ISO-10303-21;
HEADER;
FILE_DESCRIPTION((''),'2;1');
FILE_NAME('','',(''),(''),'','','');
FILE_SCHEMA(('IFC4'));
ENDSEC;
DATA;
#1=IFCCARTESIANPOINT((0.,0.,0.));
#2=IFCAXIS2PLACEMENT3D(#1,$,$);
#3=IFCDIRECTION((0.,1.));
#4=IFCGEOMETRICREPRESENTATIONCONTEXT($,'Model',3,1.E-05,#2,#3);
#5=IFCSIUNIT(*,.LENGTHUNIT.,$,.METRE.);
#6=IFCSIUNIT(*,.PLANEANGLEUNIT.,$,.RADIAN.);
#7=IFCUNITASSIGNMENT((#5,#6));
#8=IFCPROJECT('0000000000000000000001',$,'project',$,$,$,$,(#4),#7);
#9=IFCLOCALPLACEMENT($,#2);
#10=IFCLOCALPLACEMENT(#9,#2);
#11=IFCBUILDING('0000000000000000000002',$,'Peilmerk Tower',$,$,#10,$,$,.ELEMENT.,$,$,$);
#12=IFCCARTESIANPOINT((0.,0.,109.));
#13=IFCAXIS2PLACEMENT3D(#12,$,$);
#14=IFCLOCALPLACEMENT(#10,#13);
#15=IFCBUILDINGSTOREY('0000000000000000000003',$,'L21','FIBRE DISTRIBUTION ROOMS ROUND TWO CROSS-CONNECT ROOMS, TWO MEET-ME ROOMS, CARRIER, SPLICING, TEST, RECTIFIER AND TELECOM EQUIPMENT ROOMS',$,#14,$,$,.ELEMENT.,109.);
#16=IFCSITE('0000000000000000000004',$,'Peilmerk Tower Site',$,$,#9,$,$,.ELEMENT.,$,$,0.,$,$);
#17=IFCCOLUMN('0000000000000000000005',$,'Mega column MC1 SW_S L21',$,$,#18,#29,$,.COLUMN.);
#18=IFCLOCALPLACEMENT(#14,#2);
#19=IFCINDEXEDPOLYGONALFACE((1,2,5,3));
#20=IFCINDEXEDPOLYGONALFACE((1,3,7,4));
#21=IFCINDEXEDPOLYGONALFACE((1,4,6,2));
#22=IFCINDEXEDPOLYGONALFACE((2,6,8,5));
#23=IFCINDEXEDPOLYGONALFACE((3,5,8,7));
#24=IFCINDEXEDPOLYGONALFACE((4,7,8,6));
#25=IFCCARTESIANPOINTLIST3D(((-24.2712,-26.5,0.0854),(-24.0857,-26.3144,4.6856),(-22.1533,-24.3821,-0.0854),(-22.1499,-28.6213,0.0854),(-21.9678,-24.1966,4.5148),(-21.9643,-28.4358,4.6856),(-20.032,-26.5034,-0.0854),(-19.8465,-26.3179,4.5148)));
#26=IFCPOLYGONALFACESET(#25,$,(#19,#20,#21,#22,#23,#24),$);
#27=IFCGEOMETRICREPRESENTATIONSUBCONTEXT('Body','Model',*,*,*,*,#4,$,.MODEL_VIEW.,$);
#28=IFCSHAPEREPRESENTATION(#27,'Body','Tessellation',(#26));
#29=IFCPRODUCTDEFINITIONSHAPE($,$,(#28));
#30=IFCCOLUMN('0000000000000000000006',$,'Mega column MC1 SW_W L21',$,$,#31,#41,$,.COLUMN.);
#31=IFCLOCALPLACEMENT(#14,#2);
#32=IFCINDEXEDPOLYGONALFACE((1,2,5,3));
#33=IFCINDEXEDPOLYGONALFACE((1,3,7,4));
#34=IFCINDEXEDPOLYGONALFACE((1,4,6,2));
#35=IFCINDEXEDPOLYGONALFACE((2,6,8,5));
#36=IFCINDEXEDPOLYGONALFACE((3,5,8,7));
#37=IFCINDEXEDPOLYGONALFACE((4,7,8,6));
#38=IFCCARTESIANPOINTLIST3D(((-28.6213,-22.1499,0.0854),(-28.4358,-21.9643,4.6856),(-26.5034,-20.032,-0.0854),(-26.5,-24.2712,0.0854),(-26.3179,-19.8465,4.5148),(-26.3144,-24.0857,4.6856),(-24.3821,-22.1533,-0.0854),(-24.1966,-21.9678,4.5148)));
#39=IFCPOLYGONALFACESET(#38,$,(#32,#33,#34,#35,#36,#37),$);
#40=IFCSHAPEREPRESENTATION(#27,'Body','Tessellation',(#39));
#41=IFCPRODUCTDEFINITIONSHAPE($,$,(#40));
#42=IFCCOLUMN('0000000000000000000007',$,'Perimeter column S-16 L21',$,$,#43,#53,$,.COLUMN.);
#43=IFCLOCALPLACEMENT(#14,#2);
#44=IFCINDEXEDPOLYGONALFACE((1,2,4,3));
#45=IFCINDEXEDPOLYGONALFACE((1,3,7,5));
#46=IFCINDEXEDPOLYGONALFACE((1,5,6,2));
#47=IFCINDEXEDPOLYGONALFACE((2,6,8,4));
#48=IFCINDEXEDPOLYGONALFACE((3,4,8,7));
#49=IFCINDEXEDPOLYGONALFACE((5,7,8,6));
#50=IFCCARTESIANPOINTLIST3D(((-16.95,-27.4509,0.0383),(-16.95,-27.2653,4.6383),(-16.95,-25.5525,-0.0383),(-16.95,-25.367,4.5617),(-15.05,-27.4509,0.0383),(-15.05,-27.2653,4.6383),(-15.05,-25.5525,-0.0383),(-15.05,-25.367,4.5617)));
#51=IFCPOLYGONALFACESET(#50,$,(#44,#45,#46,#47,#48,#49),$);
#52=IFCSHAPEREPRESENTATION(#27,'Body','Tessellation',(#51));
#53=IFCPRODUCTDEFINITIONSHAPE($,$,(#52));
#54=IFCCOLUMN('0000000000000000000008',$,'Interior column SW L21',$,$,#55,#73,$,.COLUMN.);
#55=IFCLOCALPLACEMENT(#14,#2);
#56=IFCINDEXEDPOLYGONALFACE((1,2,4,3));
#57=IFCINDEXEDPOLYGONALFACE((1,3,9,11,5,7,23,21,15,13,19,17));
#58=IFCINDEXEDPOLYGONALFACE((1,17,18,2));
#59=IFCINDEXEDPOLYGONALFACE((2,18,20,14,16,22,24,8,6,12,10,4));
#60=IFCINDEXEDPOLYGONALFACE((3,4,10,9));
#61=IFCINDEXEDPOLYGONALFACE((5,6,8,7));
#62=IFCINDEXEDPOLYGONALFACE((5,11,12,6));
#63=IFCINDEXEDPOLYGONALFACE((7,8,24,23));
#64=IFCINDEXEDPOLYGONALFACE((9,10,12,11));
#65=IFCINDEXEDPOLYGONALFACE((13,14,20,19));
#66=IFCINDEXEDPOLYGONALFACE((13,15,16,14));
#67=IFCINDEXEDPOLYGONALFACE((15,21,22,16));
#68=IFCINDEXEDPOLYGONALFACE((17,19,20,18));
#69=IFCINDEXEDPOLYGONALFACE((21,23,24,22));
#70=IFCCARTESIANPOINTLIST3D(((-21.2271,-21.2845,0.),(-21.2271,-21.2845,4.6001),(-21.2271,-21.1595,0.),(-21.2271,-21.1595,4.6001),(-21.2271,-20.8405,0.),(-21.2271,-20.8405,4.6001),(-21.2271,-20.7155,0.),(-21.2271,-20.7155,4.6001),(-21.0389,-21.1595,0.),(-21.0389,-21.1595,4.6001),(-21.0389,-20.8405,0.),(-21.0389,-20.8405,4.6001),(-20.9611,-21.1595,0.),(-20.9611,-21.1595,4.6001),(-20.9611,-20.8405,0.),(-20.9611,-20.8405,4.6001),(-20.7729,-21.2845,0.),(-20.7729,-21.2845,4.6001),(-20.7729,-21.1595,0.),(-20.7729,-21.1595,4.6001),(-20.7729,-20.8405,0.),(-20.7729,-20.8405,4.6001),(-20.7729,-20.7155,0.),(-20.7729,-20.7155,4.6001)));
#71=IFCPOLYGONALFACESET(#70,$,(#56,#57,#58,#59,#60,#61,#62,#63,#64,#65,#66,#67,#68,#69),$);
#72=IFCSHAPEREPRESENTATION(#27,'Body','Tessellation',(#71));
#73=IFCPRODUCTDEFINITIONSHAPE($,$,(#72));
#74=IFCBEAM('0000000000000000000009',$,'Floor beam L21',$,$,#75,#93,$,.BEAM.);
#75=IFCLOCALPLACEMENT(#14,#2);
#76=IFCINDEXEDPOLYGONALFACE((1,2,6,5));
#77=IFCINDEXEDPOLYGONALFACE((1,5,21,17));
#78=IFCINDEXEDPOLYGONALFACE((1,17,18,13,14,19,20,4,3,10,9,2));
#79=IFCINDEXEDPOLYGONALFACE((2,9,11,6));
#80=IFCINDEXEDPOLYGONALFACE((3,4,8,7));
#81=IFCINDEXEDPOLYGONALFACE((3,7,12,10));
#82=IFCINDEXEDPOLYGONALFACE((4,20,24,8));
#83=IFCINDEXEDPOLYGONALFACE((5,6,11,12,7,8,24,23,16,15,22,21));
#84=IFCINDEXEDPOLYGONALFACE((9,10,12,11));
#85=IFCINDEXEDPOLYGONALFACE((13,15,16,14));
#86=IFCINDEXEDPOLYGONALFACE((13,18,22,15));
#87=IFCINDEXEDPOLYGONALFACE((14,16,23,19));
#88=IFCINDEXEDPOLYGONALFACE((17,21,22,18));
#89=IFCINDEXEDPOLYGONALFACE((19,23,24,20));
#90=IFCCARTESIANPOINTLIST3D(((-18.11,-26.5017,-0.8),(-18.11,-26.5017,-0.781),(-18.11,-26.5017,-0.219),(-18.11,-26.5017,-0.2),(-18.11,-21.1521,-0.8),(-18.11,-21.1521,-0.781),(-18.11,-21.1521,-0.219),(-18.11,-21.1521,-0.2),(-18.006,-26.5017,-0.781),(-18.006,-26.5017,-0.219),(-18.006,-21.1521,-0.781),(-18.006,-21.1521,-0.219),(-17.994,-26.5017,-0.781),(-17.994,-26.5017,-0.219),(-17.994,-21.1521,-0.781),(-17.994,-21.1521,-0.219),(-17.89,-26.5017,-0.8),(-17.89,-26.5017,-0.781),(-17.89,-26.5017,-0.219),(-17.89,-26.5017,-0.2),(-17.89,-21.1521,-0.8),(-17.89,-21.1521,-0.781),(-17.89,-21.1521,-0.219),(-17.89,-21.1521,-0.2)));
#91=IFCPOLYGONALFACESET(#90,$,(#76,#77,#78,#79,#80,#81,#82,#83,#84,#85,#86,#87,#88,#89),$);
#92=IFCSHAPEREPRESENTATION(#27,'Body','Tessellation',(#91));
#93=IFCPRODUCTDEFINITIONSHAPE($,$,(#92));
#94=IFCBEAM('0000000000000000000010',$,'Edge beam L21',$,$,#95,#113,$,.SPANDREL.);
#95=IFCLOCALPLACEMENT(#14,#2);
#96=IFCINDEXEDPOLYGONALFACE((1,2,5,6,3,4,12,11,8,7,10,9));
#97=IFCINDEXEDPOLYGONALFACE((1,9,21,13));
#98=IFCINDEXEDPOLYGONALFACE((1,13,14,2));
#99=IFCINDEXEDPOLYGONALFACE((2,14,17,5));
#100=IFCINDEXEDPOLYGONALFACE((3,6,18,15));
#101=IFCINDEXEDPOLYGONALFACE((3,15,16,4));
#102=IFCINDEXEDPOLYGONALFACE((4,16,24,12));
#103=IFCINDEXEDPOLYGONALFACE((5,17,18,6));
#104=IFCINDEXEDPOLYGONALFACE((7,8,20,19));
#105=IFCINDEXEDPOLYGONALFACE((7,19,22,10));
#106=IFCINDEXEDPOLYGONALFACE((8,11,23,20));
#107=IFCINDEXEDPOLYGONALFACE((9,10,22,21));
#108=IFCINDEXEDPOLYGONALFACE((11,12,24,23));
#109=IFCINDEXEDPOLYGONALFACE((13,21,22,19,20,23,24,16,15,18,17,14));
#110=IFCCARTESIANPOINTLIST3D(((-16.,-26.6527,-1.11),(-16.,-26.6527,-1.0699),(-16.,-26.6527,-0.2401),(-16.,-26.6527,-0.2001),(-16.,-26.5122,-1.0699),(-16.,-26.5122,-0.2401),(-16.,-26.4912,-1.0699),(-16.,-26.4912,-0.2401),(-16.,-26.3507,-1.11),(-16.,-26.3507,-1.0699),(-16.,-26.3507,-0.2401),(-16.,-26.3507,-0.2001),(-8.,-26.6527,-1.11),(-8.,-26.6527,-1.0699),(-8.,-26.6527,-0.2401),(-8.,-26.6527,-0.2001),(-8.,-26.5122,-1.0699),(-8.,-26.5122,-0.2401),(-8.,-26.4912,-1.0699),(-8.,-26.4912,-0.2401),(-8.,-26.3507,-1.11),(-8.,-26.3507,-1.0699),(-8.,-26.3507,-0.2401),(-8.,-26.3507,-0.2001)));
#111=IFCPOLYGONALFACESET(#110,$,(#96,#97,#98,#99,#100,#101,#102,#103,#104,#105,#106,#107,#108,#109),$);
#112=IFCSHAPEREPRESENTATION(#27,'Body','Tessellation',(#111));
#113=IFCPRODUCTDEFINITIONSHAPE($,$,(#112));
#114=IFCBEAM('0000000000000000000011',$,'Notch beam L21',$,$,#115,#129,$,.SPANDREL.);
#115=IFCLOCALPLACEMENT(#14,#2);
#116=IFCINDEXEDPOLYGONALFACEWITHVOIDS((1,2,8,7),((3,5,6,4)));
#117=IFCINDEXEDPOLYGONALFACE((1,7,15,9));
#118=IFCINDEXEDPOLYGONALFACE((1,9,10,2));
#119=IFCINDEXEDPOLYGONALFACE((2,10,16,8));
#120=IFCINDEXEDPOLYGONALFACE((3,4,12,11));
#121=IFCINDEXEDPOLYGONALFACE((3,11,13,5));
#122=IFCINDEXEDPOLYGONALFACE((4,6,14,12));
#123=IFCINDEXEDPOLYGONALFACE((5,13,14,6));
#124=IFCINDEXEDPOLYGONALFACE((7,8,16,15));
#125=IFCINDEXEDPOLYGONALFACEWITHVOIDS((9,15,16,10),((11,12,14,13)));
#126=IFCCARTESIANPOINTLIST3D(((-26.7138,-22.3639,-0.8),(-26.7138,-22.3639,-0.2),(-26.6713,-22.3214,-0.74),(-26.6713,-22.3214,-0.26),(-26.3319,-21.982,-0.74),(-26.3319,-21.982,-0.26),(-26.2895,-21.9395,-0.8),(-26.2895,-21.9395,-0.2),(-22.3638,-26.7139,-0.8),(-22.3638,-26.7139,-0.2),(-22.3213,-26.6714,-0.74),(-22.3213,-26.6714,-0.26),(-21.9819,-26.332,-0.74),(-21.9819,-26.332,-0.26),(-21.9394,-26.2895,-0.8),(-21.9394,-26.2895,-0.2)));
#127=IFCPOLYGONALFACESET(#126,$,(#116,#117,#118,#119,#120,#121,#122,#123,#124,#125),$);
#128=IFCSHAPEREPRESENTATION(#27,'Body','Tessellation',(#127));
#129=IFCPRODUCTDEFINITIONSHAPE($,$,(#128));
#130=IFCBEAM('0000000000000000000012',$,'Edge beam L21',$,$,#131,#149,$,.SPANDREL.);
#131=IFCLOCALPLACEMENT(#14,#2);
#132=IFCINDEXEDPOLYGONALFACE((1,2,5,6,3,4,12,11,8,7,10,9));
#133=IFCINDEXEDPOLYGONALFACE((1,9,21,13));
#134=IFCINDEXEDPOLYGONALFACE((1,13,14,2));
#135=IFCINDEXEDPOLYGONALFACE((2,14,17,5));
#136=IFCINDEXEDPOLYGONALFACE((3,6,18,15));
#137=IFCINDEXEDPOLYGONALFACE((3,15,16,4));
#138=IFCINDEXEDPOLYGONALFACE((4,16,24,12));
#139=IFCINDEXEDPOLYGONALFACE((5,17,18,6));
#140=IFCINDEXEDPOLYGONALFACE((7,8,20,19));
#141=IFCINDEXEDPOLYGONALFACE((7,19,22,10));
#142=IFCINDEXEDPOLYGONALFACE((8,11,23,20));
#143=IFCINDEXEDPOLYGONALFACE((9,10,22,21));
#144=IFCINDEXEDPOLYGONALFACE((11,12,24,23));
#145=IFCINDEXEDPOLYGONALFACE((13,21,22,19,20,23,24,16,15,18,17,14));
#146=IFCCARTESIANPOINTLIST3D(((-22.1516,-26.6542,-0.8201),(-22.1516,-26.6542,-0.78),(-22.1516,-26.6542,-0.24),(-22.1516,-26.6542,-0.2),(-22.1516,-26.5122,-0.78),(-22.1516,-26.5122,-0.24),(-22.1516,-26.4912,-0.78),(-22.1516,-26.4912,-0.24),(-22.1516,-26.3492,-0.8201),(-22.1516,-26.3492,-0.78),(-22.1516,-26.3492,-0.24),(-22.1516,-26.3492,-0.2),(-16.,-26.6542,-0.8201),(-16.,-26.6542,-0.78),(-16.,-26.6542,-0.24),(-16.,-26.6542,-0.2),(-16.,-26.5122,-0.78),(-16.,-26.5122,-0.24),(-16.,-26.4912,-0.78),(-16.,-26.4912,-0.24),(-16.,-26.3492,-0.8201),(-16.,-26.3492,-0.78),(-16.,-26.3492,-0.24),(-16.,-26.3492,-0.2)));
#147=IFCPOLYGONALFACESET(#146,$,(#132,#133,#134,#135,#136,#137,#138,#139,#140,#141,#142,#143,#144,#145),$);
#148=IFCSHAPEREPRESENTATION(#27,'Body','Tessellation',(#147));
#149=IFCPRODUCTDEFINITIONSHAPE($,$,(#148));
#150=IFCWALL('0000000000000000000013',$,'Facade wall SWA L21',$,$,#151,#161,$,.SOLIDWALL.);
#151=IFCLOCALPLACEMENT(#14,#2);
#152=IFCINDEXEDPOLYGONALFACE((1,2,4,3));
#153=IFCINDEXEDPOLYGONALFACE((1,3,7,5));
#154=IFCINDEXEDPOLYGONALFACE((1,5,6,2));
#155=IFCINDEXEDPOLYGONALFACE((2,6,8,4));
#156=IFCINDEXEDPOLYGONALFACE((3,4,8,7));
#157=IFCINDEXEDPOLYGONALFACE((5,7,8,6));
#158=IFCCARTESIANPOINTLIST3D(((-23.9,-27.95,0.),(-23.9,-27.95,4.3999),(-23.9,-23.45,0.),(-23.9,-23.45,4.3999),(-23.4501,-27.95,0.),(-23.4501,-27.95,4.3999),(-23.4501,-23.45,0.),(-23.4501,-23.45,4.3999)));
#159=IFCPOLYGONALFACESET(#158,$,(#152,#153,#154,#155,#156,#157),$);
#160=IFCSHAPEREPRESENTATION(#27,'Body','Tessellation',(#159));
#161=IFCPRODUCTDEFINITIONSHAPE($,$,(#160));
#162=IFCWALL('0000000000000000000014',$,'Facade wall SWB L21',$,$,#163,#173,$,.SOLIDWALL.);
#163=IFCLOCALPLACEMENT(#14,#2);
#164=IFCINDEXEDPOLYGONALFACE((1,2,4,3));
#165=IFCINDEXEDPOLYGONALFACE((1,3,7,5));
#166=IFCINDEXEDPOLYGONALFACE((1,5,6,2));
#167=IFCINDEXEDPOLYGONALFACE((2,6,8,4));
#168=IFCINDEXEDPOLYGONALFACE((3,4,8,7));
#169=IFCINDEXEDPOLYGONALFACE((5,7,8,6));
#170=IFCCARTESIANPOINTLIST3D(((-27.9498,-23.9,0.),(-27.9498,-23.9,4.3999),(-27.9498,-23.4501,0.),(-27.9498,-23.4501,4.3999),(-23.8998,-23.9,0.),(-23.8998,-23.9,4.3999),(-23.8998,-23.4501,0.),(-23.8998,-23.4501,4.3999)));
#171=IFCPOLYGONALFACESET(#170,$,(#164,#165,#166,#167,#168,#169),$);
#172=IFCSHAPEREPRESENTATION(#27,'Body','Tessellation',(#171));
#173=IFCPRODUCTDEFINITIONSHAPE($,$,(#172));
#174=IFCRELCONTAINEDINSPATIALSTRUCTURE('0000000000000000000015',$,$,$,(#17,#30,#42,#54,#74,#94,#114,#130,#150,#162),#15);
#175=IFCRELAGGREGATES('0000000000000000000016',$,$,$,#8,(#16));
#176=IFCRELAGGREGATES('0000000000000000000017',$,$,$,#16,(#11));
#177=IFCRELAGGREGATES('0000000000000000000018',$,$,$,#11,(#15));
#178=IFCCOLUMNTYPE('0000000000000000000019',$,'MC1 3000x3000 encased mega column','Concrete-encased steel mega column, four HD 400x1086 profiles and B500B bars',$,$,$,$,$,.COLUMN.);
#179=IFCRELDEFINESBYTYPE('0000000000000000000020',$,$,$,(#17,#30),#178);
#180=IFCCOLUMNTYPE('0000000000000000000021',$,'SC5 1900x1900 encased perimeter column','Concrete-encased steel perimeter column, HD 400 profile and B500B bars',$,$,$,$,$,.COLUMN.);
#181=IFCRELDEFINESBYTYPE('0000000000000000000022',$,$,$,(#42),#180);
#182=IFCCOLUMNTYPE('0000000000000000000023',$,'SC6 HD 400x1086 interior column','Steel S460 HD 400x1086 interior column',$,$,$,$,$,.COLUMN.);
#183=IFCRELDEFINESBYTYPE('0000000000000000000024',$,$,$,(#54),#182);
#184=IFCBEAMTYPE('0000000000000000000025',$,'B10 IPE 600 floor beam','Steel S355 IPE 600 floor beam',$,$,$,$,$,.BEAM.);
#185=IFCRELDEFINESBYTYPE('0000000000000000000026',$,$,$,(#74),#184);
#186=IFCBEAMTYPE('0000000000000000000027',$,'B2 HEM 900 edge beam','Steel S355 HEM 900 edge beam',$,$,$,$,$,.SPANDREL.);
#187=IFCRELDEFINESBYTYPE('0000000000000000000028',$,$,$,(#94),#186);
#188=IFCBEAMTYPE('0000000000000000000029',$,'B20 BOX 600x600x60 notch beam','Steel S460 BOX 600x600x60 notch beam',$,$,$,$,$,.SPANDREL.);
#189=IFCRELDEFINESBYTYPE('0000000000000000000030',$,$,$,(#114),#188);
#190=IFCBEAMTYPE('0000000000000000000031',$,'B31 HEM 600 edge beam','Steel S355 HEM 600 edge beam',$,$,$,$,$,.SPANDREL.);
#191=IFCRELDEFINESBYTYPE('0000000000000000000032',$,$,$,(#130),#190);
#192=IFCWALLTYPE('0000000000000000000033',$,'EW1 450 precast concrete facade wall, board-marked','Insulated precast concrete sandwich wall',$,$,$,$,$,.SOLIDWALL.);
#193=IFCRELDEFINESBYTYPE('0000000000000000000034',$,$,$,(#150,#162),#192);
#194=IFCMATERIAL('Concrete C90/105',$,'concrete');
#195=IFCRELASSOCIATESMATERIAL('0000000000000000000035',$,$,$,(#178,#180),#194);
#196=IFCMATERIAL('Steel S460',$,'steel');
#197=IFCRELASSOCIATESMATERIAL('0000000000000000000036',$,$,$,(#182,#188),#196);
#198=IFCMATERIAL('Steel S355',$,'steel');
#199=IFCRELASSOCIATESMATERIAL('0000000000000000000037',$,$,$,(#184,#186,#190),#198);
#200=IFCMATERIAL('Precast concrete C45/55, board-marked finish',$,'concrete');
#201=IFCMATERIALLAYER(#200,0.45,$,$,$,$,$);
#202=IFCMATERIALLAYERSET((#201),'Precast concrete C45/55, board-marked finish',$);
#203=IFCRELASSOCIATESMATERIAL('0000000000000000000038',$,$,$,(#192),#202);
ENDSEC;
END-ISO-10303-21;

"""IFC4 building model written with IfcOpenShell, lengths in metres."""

from ifc_helpers import new_model, si_unit, direction, frame, frame_2d, origin, origin_2d, place, context, subcontext, project, spatial, rectangle, hollow_rectangle, i_section, extrude, material, layer, layer_set, material_profile, profile_set, type_object, element, save


model = new_model("IFC4")

# Units and contexts
model_context = context("Model", 3, precision=1e-05, world=origin(), true_north=direction((0.0, 1.0)))
body_context = subcontext(model_context, "Body", "Model", "MODEL_VIEW")
ifc_project = project(units=[si_unit("LENGTHUNIT", "METRE"), si_unit("PLANEANGLEUNIT", "RADIAN")], contexts=[model_context])

# Site, building, storey
site_placement = place(None, origin())
site = spatial("IfcSite", under=ifc_project, at=site_placement, Name="Peilmerk Tower Site", CompositionType="ELEMENT", RefElevation=0.0)
building_placement = place(site_placement, origin())
building = spatial("IfcBuilding", under=site, at=building_placement, Name="Peilmerk Tower", CompositionType="ELEMENT")
storey_placement = place(building_placement, frame((0.0, 0.0, 109.0)))
storey = spatial("IfcBuildingStorey", under=building, at=storey_placement, Name="L21", Description="FIBRE DISTRIBUTION ROOMS ROUND TWO CROSS-CONNECT ROOMS, TWO MEET-ME ROOMS, CARRIER, SPLICING, TEST, RECTIFIER AND TELECOM EQUIPMENT ROOMS", CompositionType="ELEMENT", Elevation=109.0)

# Columns
ifc_material_1 = material(Name="Concrete C90/105", Category="concrete")
ifc_material_profile_1 = material_profile(ifc_material_1, rectangle(XDim=3.0, YDim=3.0, at=origin_2d()), Name="RC 3000x3000")
ifc_profile_set_1 = profile_set([ifc_material_profile_1], Name="Concrete C90/105")
column_type_1 = type_object("IfcColumnType", Name="MC1 3000x3000 encased mega column", Description="Concrete-encased steel mega column, four HD 400x1086 profiles and B500B bars", PredefinedType="COLUMN", material=ifc_profile_set_1)
for number, where, z_axis, x_axis, name in (
    (1, (-22.1516, -26.5017, 0.0), (0.04027, 0.04027, 0.998377), (-0.707107, 0.707107, 0.0), "Mega column MC1 SW_S L21"),
    (2, (-26.5017, -22.1516, 0.0), (0.04027, 0.04027, 0.998377), (-0.707107, 0.707107, 0.0), "Mega column MC1 SW_W L21"),
):
    element("IfcColumn", number, at=place(storey_placement, frame(where, z_axis=z_axis, x_axis=x_axis)), inside=storey, type_object=column_type_1, Name=name, PredefinedType="COLUMN", context=body_context, shape_type="SweptSolid", body=[
        extrude(rectangle(XDim=3.0, YDim=3.0, at=origin_2d()), origin(), (0.0, 0.0, 1.0), 4.6077),
    ])
ifc_material_profile_2 = material_profile(ifc_material_1, rectangle(XDim=1.8999, YDim=1.8999, at=origin_2d()), Name="RC 1900x1900")
ifc_profile_set_2 = profile_set([ifc_material_profile_2], Name="Concrete C90/105")
column_type_2 = type_object("IfcColumnType", Name="SC5 1900x1900 encased perimeter column", Description="Concrete-encased steel perimeter column, HD 400 profile and B500B bars", PredefinedType="COLUMN", material=ifc_profile_set_2)
column_1_placement = place(storey_placement, frame((-16.0, -26.5017, 0.0), z_axis=(0.0, 0.040303, 0.999188), x_axis=(-1.0, 0.0, 0.0)))
element("IfcColumn", 3, at=column_1_placement, inside=storey, type_object=column_type_2, Name="Perimeter column S-16 L21", PredefinedType="COLUMN", context=body_context, shape_type="SweptSolid", body=[
    extrude(rectangle(XDim=1.8999, YDim=1.8999, at=origin_2d()), origin(), (0.0, 0.0, 1.0), 4.6038),
])
ifc_material_2 = material(Name="Steel S460", Category="steel")
ifc_material_profile_3 = material_profile(ifc_material_2, i_section(OverallWidth=0.4541, OverallDepth=0.5691, WebThickness=0.0779, FlangeThickness=0.125, at=origin_2d()), Name="HD 400x1086")
ifc_profile_set_3 = profile_set([ifc_material_profile_3], Name="Steel S460")
column_type_3 = type_object("IfcColumnType", Name="SC6 HD 400x1086 interior column", Description="Steel S460 HD 400x1086 interior column", PredefinedType="COLUMN", material=ifc_profile_set_3)
column_2_placement = place(storey_placement, frame((-21.0, -21.0, 0.0), z_axis=(0.0, 0.0, 1.0), x_axis=(1.0, 0.0, 0.0)))
element("IfcColumn", 4, at=column_2_placement, inside=storey, type_object=column_type_3, Name="Interior column SW L21", PredefinedType="COLUMN", context=body_context, shape_type="SweptSolid", body=[
    extrude(i_section(OverallWidth=0.4541, OverallDepth=0.5691, WebThickness=0.0779, FlangeThickness=0.125, at=origin_2d()), origin(), (0.0, 0.0, 1.0), 4.6001),
])

# Beams
ifc_material_3 = material(Name="Steel S355", Category="steel")
ifc_material_profile_4 = material_profile(ifc_material_3, i_section(OverallWidth=0.22, OverallDepth=0.6001, WebThickness=0.012, FlangeThickness=0.019, at=origin_2d()), Name="IPE 600")
ifc_profile_set_4 = profile_set([ifc_material_profile_4], Name="Steel S355")
beam_type_1 = type_object("IfcBeamType", Name="B10 IPE 600 floor beam", Description="Steel S355 IPE 600 floor beam", PredefinedType="BEAM", material=ifc_profile_set_4)
beam_1_placement = place(storey_placement, frame((-18.0, -21.1521, -0.5), z_axis=(0.0, -1.0, 0.0), x_axis=(1.0, 0.0, 0.0)))
element("IfcBeam", 5, at=beam_1_placement, inside=storey, type_object=beam_type_1, Name="Floor beam L21", PredefinedType="BEAM", context=body_context, shape_type="SweptSolid", body=[
    extrude(i_section(OverallWidth=0.22, OverallDepth=0.6001, WebThickness=0.012, FlangeThickness=0.019, at=origin_2d()), origin(), (0.0, 0.0, 1.0), 5.3496),
])
ifc_material_profile_5 = material_profile(ifc_material_3, i_section(OverallWidth=0.302, OverallDepth=0.9099, WebThickness=0.021, FlangeThickness=0.04, at=origin_2d()), Name="HEM 900")
ifc_profile_set_5 = profile_set([ifc_material_profile_5], Name="Steel S355")
beam_type_2 = type_object("IfcBeamType", Name="B2 HEM 900 edge beam", Description="Steel S355 HEM 900 edge beam", PredefinedType="SPANDREL", material=ifc_profile_set_5)
beam_2_placement = place(storey_placement, frame((-16.0, -26.5017, -0.655), z_axis=(1.0, 0.0, 0.0), x_axis=(0.0, 1.0, 0.0)))
element("IfcBeam", 6, at=beam_2_placement, inside=storey, type_object=beam_type_2, Name="Edge beam L21", PredefinedType="SPANDREL", context=body_context, shape_type="SweptSolid", body=[
    extrude(i_section(OverallWidth=0.302, OverallDepth=0.9099, WebThickness=0.021, FlangeThickness=0.04, at=origin_2d()), origin(), (0.0, 0.0, 1.0), 8.0),
])
ifc_material_profile_6 = material_profile(ifc_material_2, hollow_rectangle(XDim=0.6001, YDim=0.6001, WallThickness=0.0601, at=origin_2d()), Name="BOX 600x600x60")
ifc_profile_set_6 = profile_set([ifc_material_profile_6], Name="Steel S460")
beam_type_3 = type_object("IfcBeamType", Name="B20 BOX 600x600x60 notch beam", Description="Steel S460 BOX 600x600x60 notch beam", PredefinedType="SPANDREL", material=ifc_profile_set_6)
beam_3_placement = place(storey_placement, frame((-22.1516, -26.5017, -0.5), z_axis=(-0.707107, 0.707107, 0.0), x_axis=(-0.707107, -0.707107, 0.0)))
element("IfcBeam", 7, at=beam_3_placement, inside=storey, type_object=beam_type_3, Name="Notch beam L21", PredefinedType="SPANDREL", context=body_context, shape_type="SweptSolid", body=[
    extrude(hollow_rectangle(XDim=0.6001, YDim=0.6001, WallThickness=0.0601, at=origin_2d()), origin(), (0.0, 0.0, 1.0), 6.1519),
])
ifc_material_profile_7 = material_profile(ifc_material_3, i_section(OverallWidth=0.3049, OverallDepth=0.6201, WebThickness=0.021, FlangeThickness=0.04, at=origin_2d()), Name="HEM 600")
ifc_profile_set_7 = profile_set([ifc_material_profile_7], Name="Steel S355")
beam_type_4 = type_object("IfcBeamType", Name="B31 HEM 600 edge beam", Description="Steel S355 HEM 600 edge beam", PredefinedType="SPANDREL", material=ifc_profile_set_7)
beam_4_placement = place(storey_placement, frame((-22.1516, -26.5017, -0.51), z_axis=(1.0, 0.0, 0.0), x_axis=(0.0, 1.0, 0.0)))
element("IfcBeam", 8, at=beam_4_placement, inside=storey, type_object=beam_type_4, Name="Edge beam L21", PredefinedType="SPANDREL", context=body_context, shape_type="SweptSolid", body=[
    extrude(i_section(OverallWidth=0.3049, OverallDepth=0.6201, WebThickness=0.021, FlangeThickness=0.04, at=origin_2d()), origin(), (0.0, 0.0, 1.0), 6.1516),
])

# Shared definitions
ifc_material_4 = material(Name="Precast concrete C45/55, board-marked finish", Category="concrete")
ifc_layer = layer(ifc_material_4, 0.45)
ifc_layer_set = layer_set([ifc_layer], Name="Precast concrete C45/55, board-marked finish")
wall_type = type_object("IfcWallType", Name="EW1 450 precast concrete facade wall, board-marked", Description="Insulated precast concrete sandwich wall", PredefinedType="SOLIDWALL", material=ifc_layer_set)

# Walls
wall_1_placement = place(storey_placement, frame((-23.675, -23.45, 0.0), z_axis=(0.0, 0.0, 1.0), x_axis=(0.0, -1.0, 0.0)))
element("IfcWall", 9, at=wall_1_placement, inside=storey, type_object=wall_type, Name="Facade wall SWA L21", PredefinedType="SOLIDWALL", context=body_context, shape_type="SweptSolid", body=[
    extrude(rectangle(XDim=4.5, YDim=0.45, at=frame_2d((2.25, 0.0))), origin(), (0.0, 0.0, 1.0), 4.3999),
])
wall_2_placement = place(storey_placement, frame((-23.8999, -23.675, 0.0), z_axis=(0.0, 0.0, 1.0), x_axis=(-1.0, 0.0, 0.0)))
element("IfcWall", 10, at=wall_2_placement, inside=storey, type_object=wall_type, Name="Facade wall SWB L21", PredefinedType="SOLIDWALL", context=body_context, shape_type="SweptSolid", body=[
    extrude(rectangle(XDim=4.05, YDim=0.45, at=frame_2d((2.0249, 0.0))), origin(), (0.0, 0.0, 1.0), 4.3999),
])

save(model, "model.ifc")
